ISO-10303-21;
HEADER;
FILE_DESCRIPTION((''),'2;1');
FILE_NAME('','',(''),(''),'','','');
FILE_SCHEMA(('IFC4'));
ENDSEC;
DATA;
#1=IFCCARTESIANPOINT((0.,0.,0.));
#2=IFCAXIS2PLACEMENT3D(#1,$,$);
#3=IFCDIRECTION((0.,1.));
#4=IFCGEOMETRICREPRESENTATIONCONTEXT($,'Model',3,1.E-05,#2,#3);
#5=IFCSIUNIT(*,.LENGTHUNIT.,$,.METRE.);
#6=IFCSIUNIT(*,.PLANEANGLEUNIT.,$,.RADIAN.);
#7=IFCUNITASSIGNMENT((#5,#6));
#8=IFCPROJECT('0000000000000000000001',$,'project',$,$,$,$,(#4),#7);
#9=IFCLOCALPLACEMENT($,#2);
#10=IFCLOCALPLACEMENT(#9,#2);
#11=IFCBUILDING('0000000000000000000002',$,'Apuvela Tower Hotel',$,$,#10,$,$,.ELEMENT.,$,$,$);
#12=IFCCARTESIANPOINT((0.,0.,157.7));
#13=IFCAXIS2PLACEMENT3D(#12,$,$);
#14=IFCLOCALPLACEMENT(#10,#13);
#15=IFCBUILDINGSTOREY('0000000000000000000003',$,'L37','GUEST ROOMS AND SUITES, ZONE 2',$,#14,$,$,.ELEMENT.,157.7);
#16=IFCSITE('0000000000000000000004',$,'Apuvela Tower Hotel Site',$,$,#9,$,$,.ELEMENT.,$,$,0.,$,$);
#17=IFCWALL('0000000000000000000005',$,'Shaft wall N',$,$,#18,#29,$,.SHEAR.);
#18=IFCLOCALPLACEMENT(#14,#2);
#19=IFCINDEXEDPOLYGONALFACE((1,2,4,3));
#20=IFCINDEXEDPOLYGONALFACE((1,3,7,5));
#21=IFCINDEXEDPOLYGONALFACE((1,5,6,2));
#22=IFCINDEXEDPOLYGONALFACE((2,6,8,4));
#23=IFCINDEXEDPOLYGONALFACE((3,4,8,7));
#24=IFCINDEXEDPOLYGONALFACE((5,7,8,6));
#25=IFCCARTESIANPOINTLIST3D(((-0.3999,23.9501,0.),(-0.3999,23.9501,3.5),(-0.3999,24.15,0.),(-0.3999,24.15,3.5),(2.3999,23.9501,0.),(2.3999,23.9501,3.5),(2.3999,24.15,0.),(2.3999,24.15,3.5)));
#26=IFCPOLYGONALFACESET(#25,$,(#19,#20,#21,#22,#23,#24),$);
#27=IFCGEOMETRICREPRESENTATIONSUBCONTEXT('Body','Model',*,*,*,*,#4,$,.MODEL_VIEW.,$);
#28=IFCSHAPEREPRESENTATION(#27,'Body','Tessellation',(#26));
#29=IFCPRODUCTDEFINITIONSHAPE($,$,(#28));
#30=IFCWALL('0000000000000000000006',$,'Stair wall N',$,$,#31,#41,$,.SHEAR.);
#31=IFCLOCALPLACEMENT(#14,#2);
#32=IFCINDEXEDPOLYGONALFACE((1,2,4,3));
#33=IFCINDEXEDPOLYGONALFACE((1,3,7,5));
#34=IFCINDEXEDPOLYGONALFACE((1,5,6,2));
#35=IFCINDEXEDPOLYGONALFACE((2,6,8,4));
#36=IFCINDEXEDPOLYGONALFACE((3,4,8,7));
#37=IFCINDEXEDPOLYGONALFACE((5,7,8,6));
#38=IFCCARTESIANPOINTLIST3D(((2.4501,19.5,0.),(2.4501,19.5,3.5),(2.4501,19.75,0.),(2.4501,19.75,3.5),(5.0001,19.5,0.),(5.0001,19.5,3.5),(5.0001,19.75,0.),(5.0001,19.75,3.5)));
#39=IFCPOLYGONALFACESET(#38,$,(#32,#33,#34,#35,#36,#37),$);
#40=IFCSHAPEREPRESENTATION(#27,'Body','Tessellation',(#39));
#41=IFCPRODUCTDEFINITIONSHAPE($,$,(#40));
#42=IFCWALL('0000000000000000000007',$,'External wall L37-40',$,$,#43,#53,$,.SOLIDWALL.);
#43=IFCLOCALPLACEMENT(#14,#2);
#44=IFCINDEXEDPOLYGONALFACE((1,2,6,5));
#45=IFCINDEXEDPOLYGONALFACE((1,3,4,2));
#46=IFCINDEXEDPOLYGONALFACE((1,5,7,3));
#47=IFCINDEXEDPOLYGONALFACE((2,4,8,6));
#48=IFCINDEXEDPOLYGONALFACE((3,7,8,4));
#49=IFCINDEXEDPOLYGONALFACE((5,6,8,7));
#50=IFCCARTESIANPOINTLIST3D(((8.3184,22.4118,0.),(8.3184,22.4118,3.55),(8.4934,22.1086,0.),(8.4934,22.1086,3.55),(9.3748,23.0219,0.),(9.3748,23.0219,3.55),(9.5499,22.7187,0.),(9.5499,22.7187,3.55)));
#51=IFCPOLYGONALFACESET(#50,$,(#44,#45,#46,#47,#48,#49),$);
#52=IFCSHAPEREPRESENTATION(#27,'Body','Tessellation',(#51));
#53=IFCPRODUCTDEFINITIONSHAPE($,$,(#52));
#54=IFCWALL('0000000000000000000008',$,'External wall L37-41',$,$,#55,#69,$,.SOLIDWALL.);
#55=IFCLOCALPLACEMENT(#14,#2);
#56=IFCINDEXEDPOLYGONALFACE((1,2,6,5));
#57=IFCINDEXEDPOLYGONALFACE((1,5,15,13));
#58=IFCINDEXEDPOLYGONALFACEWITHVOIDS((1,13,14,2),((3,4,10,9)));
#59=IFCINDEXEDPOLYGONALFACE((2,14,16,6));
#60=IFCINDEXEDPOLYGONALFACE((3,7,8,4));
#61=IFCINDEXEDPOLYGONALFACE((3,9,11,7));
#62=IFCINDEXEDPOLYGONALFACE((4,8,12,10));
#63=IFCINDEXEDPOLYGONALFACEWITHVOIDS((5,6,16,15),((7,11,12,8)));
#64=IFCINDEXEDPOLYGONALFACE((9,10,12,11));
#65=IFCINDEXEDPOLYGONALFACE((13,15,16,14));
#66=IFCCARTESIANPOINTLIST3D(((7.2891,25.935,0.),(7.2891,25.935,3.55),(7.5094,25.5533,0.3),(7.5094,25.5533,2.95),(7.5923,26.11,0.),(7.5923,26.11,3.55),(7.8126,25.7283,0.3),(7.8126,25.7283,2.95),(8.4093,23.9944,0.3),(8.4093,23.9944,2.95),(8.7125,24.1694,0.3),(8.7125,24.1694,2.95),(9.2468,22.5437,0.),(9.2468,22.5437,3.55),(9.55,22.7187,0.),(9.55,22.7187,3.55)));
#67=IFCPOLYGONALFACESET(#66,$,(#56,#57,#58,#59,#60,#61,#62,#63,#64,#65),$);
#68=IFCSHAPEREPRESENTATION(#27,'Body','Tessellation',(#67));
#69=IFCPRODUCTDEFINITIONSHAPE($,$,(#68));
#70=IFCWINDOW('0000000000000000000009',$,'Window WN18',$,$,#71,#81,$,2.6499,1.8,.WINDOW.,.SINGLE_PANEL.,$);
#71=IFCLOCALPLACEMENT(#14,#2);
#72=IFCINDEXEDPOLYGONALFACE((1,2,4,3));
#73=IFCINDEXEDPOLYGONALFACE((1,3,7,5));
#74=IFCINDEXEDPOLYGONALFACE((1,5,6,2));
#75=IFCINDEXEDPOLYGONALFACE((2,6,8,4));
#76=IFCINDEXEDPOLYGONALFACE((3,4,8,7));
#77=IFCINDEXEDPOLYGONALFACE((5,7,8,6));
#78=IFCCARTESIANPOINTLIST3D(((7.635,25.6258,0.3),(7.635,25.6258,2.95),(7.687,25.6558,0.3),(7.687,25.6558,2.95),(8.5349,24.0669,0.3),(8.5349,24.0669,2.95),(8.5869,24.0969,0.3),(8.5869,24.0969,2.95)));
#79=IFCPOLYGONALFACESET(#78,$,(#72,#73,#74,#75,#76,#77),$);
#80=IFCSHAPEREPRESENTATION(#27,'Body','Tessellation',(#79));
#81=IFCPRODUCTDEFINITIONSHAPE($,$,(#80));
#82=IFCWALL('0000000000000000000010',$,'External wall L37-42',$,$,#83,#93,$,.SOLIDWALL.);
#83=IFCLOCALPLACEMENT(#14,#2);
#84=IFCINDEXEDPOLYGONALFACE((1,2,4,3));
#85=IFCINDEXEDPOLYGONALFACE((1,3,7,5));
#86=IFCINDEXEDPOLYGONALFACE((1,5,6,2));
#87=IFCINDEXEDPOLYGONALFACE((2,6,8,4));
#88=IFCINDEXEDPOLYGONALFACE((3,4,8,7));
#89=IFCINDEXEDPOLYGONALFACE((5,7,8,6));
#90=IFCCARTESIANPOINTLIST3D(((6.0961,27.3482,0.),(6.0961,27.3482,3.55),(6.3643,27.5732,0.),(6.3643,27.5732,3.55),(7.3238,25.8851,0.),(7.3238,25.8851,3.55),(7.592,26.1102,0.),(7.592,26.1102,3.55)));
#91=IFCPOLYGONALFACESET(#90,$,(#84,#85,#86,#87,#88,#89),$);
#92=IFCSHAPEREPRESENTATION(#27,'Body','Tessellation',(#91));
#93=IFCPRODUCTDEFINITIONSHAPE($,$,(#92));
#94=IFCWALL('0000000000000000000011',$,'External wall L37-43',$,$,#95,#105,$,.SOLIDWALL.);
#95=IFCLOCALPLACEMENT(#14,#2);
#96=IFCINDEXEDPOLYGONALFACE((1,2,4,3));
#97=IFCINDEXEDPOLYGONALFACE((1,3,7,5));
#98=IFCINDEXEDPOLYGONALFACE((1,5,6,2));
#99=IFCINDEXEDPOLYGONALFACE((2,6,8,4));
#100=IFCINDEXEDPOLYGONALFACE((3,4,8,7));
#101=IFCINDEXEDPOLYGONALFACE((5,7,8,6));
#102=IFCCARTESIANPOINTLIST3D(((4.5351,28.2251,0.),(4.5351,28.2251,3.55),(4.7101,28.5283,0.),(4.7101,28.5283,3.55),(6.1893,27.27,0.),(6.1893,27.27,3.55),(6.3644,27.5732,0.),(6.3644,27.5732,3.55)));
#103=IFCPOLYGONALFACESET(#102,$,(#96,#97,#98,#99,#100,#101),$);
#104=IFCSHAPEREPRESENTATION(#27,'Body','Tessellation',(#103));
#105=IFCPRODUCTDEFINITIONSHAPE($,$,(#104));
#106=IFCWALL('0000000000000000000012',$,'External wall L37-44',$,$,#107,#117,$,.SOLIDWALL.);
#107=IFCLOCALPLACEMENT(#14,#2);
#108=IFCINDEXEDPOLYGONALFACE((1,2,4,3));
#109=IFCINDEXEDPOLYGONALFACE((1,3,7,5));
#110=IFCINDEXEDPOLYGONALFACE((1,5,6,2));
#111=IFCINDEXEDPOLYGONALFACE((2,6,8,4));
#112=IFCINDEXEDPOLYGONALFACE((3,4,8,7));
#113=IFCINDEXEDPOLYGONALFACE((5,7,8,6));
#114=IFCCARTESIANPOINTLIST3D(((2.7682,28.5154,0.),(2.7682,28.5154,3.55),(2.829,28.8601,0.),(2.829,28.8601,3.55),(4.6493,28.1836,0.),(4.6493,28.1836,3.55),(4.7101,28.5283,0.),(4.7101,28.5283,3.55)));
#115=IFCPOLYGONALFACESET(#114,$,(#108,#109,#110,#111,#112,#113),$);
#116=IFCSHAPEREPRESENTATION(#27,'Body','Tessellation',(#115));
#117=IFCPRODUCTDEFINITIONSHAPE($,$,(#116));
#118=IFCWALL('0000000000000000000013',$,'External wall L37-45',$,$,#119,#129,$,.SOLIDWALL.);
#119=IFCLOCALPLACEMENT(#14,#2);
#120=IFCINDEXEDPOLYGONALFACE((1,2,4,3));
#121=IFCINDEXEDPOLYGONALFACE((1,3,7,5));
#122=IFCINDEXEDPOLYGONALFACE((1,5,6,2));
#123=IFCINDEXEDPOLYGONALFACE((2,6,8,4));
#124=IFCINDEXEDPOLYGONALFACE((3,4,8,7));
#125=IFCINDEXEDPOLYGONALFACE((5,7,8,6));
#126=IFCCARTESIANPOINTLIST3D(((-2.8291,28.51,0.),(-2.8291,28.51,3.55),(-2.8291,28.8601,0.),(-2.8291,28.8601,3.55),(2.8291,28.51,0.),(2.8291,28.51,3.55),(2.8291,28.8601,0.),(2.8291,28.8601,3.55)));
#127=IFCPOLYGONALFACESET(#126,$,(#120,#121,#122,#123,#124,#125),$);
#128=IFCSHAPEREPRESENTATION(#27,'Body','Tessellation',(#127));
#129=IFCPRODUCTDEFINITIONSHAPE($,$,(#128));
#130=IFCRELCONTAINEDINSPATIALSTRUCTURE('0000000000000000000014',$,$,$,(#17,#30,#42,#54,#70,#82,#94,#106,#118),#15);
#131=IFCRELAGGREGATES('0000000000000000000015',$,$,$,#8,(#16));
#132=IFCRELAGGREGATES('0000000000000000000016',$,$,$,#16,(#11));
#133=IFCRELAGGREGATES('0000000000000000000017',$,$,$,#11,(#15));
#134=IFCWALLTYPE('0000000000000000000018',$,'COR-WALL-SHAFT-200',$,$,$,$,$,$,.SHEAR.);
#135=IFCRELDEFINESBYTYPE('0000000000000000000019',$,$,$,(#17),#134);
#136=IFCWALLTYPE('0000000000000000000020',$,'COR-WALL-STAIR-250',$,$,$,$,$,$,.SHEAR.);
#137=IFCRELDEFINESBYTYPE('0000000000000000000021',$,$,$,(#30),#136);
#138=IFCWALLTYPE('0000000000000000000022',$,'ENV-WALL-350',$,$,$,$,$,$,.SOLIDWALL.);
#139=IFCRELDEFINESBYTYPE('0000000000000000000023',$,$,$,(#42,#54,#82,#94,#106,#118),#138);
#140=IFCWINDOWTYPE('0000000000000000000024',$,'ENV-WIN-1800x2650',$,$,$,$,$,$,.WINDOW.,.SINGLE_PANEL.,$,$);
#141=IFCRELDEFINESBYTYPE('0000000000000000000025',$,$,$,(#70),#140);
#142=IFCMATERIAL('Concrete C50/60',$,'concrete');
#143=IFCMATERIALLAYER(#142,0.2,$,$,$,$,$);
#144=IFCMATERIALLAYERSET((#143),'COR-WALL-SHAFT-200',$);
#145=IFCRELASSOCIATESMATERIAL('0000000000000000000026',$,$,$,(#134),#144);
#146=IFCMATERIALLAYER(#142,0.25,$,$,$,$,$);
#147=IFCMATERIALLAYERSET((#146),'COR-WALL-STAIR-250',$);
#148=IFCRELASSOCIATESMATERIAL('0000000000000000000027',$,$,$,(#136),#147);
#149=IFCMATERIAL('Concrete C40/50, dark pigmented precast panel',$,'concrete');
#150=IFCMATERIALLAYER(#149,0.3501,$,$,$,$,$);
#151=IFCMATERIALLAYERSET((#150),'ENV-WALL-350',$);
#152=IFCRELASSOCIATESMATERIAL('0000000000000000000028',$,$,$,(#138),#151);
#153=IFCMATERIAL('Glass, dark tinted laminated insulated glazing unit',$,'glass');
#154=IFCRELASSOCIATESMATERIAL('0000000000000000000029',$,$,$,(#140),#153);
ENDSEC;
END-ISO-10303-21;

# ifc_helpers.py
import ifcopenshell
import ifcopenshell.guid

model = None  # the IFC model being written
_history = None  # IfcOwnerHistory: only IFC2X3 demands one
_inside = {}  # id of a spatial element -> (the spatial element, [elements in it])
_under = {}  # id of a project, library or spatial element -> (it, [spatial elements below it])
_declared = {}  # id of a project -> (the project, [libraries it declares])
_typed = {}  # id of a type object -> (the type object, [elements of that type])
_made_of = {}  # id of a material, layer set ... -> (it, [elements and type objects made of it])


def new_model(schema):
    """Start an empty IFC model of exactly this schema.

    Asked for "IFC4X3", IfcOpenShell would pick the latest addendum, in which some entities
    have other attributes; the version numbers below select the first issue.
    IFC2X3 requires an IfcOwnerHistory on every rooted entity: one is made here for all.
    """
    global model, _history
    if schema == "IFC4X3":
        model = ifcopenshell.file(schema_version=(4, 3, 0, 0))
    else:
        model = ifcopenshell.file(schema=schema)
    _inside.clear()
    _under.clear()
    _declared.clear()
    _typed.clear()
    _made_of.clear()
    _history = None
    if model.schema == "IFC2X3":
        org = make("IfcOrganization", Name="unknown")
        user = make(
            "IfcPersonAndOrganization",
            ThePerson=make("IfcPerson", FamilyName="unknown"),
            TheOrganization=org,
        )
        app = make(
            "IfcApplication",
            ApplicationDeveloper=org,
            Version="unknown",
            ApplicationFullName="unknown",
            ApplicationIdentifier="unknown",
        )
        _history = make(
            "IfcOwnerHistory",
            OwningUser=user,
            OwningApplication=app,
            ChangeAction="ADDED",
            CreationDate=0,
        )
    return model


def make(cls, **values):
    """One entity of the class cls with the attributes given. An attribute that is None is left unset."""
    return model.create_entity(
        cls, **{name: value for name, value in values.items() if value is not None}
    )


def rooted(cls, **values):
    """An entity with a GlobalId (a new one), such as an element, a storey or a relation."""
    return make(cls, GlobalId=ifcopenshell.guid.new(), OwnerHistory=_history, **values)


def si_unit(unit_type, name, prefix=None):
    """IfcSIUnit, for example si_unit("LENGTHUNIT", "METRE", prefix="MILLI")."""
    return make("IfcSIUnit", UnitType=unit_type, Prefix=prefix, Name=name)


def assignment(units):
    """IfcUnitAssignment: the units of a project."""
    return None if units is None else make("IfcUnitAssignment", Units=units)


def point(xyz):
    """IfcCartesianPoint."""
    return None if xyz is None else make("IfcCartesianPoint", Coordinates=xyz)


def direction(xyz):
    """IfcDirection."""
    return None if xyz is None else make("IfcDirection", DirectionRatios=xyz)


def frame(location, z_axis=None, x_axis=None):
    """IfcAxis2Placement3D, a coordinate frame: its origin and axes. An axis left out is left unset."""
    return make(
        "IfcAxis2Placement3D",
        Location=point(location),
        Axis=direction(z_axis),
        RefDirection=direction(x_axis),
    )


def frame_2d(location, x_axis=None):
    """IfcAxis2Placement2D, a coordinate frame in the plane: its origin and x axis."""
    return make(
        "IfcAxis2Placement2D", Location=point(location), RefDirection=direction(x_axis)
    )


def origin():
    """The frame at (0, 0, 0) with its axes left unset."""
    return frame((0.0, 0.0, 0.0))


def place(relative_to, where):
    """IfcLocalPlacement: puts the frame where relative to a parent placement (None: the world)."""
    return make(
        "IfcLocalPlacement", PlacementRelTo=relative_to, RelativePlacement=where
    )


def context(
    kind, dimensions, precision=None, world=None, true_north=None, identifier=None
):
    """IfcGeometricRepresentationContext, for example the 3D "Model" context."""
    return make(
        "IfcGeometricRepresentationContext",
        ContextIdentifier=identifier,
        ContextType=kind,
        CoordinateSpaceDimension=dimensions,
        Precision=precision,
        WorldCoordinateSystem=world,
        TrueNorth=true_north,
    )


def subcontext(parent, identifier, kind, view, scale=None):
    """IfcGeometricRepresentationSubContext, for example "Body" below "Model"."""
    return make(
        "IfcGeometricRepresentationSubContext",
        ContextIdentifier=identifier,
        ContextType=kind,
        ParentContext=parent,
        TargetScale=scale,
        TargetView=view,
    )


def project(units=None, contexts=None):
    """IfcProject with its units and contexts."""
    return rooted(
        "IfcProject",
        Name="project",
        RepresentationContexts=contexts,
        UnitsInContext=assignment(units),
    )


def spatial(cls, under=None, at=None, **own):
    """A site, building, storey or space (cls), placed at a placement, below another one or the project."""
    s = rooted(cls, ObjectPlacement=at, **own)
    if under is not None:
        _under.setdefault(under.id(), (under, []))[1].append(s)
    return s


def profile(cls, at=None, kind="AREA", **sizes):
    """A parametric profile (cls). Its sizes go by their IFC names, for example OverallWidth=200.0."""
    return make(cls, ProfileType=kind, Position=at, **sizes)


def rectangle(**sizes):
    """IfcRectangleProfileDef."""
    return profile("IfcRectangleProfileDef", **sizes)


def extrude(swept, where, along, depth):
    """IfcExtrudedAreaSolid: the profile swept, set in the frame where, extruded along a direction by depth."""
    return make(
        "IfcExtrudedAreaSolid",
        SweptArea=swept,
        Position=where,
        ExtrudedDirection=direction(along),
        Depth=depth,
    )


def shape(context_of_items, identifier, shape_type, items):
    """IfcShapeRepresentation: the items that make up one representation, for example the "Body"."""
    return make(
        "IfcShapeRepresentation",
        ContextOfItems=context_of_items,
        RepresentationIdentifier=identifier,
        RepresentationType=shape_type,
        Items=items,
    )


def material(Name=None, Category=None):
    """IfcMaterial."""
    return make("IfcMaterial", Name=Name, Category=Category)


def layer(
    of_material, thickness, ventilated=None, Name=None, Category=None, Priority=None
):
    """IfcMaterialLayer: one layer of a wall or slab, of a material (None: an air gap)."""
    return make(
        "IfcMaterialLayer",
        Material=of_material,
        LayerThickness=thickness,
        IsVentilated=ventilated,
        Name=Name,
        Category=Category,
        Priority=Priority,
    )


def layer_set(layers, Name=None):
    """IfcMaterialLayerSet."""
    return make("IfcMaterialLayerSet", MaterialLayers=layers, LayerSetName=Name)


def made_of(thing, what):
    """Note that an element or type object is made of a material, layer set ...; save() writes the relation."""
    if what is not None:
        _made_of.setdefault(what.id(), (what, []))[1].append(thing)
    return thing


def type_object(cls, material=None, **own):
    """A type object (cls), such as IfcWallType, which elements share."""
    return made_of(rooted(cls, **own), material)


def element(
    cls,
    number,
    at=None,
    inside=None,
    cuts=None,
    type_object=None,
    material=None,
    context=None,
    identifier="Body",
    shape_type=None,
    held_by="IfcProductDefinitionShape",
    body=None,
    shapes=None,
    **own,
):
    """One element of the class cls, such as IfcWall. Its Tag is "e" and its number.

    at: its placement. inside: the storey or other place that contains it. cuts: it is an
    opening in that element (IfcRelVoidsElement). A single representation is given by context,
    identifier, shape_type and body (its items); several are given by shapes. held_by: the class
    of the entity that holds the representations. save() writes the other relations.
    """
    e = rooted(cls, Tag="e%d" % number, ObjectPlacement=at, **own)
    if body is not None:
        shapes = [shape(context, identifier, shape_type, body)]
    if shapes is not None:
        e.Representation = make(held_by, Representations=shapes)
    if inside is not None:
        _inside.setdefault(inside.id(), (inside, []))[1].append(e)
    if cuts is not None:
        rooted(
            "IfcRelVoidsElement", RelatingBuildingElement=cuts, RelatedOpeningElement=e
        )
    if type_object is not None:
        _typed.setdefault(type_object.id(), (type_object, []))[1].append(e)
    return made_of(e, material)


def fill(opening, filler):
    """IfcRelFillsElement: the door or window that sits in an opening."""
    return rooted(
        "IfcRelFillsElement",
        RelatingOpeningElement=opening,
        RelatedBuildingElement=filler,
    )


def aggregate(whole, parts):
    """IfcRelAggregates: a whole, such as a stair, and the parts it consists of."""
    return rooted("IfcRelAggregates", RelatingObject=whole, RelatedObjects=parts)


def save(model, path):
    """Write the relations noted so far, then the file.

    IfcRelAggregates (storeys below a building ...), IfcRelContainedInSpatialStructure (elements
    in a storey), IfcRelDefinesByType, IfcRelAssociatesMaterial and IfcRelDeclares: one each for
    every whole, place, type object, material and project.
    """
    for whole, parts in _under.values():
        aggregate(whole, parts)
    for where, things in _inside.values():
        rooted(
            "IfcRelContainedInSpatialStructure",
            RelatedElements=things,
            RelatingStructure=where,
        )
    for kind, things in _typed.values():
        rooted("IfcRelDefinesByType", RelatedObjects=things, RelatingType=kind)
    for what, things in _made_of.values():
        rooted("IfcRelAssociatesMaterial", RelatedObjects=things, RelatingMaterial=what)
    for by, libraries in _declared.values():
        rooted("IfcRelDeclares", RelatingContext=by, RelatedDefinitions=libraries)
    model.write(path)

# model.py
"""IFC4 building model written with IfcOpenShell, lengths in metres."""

from ifc_helpers import new_model, si_unit, direction, frame, frame_2d, origin, place, context, subcontext, project, spatial, rectangle, extrude, material, layer, layer_set, type_object, element, fill, save


model = new_model("IFC4")

# Units and contexts
model_context = context("Model", 3, precision=1e-05, world=origin(), true_north=direction((0.0, 1.0)))
body_context = subcontext(model_context, "Body", "Model", "MODEL_VIEW")
ifc_project = project(units=[si_unit("LENGTHUNIT", "METRE"), si_unit("PLANEANGLEUNIT", "RADIAN")], contexts=[model_context])

# Site, building, storey
site_placement = place(None, origin())
site = spatial("IfcSite", under=ifc_project, at=site_placement, Name="Apuvela Tower Hotel Site", CompositionType="ELEMENT", RefElevation=0.0)
building_placement = place(site_placement, origin())
building = spatial("IfcBuilding", under=site, at=building_placement, Name="Apuvela Tower Hotel", CompositionType="ELEMENT")
storey_placement = place(building_placement, frame((0.0, 0.0, 157.7)))
storey = spatial("IfcBuildingStorey", under=building, at=storey_placement, Name="L37", Description="GUEST ROOMS AND SUITES, ZONE 2", CompositionType="ELEMENT", Elevation=157.7)

# Walls
ifc_material_1 = material(Name="Concrete C50/60", Category="concrete")
ifc_layer_1 = layer(ifc_material_1, 0.2)
ifc_layer_set_1 = layer_set([ifc_layer_1], Name="COR-WALL-SHAFT-200")
wall_type_1 = type_object("IfcWallType", Name="COR-WALL-SHAFT-200", PredefinedType="SHEAR", material=ifc_layer_set_1)
wall_1_placement = place(storey_placement, frame((2.3999, 24.05, 0.0), z_axis=(0.0, 0.0, 1.0), x_axis=(-1.0, 0.0, 0.0)))
element("IfcWall", 1, at=wall_1_placement, inside=storey, type_object=wall_type_1, Name="Shaft wall N", PredefinedType="SHEAR", context=body_context, shape_type="SweptSolid", body=[
    extrude(rectangle(XDim=2.7998, YDim=0.2, at=frame_2d((1.3999, 0.0))), origin(), (0.0, 0.0, 1.0), 3.5),
])
ifc_layer_2 = layer(ifc_material_1, 0.25)
ifc_layer_set_2 = layer_set([ifc_layer_2], Name="COR-WALL-STAIR-250")
wall_type_2 = type_object("IfcWallType", Name="COR-WALL-STAIR-250", PredefinedType="SHEAR", material=ifc_layer_set_2)
wall_2_placement = place(storey_placement, frame((5.0, 19.625, 0.0), z_axis=(0.0, 0.0, 1.0), x_axis=(-1.0, 0.0, 0.0)))
element("IfcWall", 2, at=wall_2_placement, inside=storey, type_object=wall_type_2, Name="Stair wall N", PredefinedType="SHEAR", context=body_context, shape_type="SweptSolid", body=[
    extrude(rectangle(XDim=2.55, YDim=0.25, at=frame_2d((1.2749, 0.0))), origin(), (0.0, 0.0, 1.0), 3.5),
])
ifc_material_2 = material(Name="Concrete C40/50, dark pigmented precast panel", Category="concrete")
ifc_layer_3 = layer(ifc_material_2, 0.3501)
ifc_layer_set_3 = layer_set([ifc_layer_3], Name="ENV-WALL-350")
wall_type_3 = type_object("IfcWallType", Name="ENV-WALL-350", PredefinedType="SOLIDWALL", material=ifc_layer_set_3)
wall_3_placement = place(storey_placement, frame((8.406, 22.2603, 0.0), z_axis=(0.0, 0.0, 1.0), x_axis=(0.865956, 0.500121, 0.0)))
element("IfcWall", 3, at=wall_3_placement, inside=storey, type_object=wall_type_3, Name="External wall L37-40", PredefinedType="SOLIDWALL", context=body_context, shape_type="SweptSolid", body=[
    extrude(rectangle(XDim=1.22, YDim=0.3501, at=frame_2d((0.6099, 0.0))), origin(), (0.0, 0.0, 1.0), 3.55),
])

# Wall, opening, window
wall_4_placement = place(storey_placement, frame((9.3984, 22.6311, 0.0), z_axis=(0.0, 0.0, 1.0), x_axis=(-0.499955, 0.866052, 0.0)))
wall_4 = element("IfcWall", 4, at=wall_4_placement, inside=storey, type_object=wall_type_3, Name="External wall L37-41", PredefinedType="SOLIDWALL", context=body_context, shape_type="SweptSolid", body=[
    extrude(rectangle(XDim=3.9158, YDim=0.3501, at=frame_2d((1.958, 0.0))), origin(), (0.0, 0.0, 1.0), 3.55),
])
opening_placement = place(wall_4_placement, frame((1.6753, 0.0, 0.3)))
opening = element("IfcOpeningElement", 5, at=opening_placement, cuts=wall_4, PredefinedType="OPENING", context=body_context, shape_type="SweptSolid", body=[
    extrude(rectangle(XDim=1.8, YDim=2.6499, at=frame_2d((0.8999, 1.325))), frame((0.0, 0.1851, 0.0), z_axis=(0.0, -1.0, 0.0), x_axis=(1.0, 0.0, 0.0)), (0.0, 0.0, 1.0), 0.3701),
])
ifc_material_3 = material(Name="Glass, dark tinted laminated insulated glazing unit", Category="glass")
window_type = type_object("IfcWindowType", Name="ENV-WIN-1800x2650", PartitioningType="SINGLE_PANEL", PredefinedType="WINDOW", material=ifc_material_3)
window_placement = place(opening_placement, origin())
window = element("IfcWindow", 6, at=window_placement, inside=storey, type_object=window_type, Name="Window WN18", OverallHeight=2.6499, OverallWidth=1.8, PartitioningType="SINGLE_PANEL", PredefinedType="WINDOW", context=body_context, shape_type="SweptSolid", body=[
    extrude(rectangle(XDim=1.8, YDim=2.6499, at=frame_2d((0.8999, 1.325))), frame((0.0, 0.03, 0.0), z_axis=(0.0, -1.0, 0.0), x_axis=(1.0, 0.0, 0.0)), (0.0, 0.0, 1.0), 0.0601),
])
fill(opening, window)

# Walls
wall_5_placement = place(storey_placement, frame((7.458, 25.9976, 0.0), z_axis=(0.0, 0.0, 1.0), x_axis=(-0.642808, 0.766027, 0.0)))
element("IfcWall", 7, at=wall_5_placement, inside=storey, type_object=wall_type_3, Name="External wall L37-42", PredefinedType="SOLIDWALL", context=body_context, shape_type="SweptSolid", body=[
    extrude(rectangle(XDim=1.9099, YDim=0.3501, at=frame_2d((0.9551, 0.0))), origin(), (0.0, 0.0, 1.0), 3.55),
])
for number, where, z_axis, x_axis, name in (
    (8, (6.2769, 27.4216, 0.0), (0.0, 0.0, 1.0), (-0.866032, 0.499988, 0.0), "External wall L37-43"),
    (9, (4.6797, 28.356, 0.0), (0.0, 0.0, 1.0), (-0.984799, 0.173698, 0.0), "External wall L37-44"),
):
    element("IfcWall", number, at=place(storey_placement, frame(where, z_axis=z_axis, x_axis=x_axis)), inside=storey, type_object=wall_type_3, Name=name, PredefinedType="SOLIDWALL", context=body_context, shape_type="SweptSolid", body=[
        extrude(rectangle(XDim=1.9102, YDim=0.3501, at=frame_2d((0.9551, 0.0))), origin(), (0.0, 0.0, 1.0), 3.55),
    ])
wall_6_placement = place(storey_placement, frame((2.8291, 28.6851, 0.0), z_axis=(0.0, 0.0, 1.0), x_axis=(-1.0, 0.0, 0.0)))
element("IfcWall", 10, at=wall_6_placement, inside=storey, type_object=wall_type_3, Name="External wall L37-45", PredefinedType="SOLIDWALL", context=body_context, shape_type="SweptSolid", body=[
    extrude(rectangle(XDim=5.6582, YDim=0.3501, at=frame_2d((2.8291, 0.0))), origin(), (0.0, 0.0, 1.0), 3.55),
])

save(model, "model.ifc")
